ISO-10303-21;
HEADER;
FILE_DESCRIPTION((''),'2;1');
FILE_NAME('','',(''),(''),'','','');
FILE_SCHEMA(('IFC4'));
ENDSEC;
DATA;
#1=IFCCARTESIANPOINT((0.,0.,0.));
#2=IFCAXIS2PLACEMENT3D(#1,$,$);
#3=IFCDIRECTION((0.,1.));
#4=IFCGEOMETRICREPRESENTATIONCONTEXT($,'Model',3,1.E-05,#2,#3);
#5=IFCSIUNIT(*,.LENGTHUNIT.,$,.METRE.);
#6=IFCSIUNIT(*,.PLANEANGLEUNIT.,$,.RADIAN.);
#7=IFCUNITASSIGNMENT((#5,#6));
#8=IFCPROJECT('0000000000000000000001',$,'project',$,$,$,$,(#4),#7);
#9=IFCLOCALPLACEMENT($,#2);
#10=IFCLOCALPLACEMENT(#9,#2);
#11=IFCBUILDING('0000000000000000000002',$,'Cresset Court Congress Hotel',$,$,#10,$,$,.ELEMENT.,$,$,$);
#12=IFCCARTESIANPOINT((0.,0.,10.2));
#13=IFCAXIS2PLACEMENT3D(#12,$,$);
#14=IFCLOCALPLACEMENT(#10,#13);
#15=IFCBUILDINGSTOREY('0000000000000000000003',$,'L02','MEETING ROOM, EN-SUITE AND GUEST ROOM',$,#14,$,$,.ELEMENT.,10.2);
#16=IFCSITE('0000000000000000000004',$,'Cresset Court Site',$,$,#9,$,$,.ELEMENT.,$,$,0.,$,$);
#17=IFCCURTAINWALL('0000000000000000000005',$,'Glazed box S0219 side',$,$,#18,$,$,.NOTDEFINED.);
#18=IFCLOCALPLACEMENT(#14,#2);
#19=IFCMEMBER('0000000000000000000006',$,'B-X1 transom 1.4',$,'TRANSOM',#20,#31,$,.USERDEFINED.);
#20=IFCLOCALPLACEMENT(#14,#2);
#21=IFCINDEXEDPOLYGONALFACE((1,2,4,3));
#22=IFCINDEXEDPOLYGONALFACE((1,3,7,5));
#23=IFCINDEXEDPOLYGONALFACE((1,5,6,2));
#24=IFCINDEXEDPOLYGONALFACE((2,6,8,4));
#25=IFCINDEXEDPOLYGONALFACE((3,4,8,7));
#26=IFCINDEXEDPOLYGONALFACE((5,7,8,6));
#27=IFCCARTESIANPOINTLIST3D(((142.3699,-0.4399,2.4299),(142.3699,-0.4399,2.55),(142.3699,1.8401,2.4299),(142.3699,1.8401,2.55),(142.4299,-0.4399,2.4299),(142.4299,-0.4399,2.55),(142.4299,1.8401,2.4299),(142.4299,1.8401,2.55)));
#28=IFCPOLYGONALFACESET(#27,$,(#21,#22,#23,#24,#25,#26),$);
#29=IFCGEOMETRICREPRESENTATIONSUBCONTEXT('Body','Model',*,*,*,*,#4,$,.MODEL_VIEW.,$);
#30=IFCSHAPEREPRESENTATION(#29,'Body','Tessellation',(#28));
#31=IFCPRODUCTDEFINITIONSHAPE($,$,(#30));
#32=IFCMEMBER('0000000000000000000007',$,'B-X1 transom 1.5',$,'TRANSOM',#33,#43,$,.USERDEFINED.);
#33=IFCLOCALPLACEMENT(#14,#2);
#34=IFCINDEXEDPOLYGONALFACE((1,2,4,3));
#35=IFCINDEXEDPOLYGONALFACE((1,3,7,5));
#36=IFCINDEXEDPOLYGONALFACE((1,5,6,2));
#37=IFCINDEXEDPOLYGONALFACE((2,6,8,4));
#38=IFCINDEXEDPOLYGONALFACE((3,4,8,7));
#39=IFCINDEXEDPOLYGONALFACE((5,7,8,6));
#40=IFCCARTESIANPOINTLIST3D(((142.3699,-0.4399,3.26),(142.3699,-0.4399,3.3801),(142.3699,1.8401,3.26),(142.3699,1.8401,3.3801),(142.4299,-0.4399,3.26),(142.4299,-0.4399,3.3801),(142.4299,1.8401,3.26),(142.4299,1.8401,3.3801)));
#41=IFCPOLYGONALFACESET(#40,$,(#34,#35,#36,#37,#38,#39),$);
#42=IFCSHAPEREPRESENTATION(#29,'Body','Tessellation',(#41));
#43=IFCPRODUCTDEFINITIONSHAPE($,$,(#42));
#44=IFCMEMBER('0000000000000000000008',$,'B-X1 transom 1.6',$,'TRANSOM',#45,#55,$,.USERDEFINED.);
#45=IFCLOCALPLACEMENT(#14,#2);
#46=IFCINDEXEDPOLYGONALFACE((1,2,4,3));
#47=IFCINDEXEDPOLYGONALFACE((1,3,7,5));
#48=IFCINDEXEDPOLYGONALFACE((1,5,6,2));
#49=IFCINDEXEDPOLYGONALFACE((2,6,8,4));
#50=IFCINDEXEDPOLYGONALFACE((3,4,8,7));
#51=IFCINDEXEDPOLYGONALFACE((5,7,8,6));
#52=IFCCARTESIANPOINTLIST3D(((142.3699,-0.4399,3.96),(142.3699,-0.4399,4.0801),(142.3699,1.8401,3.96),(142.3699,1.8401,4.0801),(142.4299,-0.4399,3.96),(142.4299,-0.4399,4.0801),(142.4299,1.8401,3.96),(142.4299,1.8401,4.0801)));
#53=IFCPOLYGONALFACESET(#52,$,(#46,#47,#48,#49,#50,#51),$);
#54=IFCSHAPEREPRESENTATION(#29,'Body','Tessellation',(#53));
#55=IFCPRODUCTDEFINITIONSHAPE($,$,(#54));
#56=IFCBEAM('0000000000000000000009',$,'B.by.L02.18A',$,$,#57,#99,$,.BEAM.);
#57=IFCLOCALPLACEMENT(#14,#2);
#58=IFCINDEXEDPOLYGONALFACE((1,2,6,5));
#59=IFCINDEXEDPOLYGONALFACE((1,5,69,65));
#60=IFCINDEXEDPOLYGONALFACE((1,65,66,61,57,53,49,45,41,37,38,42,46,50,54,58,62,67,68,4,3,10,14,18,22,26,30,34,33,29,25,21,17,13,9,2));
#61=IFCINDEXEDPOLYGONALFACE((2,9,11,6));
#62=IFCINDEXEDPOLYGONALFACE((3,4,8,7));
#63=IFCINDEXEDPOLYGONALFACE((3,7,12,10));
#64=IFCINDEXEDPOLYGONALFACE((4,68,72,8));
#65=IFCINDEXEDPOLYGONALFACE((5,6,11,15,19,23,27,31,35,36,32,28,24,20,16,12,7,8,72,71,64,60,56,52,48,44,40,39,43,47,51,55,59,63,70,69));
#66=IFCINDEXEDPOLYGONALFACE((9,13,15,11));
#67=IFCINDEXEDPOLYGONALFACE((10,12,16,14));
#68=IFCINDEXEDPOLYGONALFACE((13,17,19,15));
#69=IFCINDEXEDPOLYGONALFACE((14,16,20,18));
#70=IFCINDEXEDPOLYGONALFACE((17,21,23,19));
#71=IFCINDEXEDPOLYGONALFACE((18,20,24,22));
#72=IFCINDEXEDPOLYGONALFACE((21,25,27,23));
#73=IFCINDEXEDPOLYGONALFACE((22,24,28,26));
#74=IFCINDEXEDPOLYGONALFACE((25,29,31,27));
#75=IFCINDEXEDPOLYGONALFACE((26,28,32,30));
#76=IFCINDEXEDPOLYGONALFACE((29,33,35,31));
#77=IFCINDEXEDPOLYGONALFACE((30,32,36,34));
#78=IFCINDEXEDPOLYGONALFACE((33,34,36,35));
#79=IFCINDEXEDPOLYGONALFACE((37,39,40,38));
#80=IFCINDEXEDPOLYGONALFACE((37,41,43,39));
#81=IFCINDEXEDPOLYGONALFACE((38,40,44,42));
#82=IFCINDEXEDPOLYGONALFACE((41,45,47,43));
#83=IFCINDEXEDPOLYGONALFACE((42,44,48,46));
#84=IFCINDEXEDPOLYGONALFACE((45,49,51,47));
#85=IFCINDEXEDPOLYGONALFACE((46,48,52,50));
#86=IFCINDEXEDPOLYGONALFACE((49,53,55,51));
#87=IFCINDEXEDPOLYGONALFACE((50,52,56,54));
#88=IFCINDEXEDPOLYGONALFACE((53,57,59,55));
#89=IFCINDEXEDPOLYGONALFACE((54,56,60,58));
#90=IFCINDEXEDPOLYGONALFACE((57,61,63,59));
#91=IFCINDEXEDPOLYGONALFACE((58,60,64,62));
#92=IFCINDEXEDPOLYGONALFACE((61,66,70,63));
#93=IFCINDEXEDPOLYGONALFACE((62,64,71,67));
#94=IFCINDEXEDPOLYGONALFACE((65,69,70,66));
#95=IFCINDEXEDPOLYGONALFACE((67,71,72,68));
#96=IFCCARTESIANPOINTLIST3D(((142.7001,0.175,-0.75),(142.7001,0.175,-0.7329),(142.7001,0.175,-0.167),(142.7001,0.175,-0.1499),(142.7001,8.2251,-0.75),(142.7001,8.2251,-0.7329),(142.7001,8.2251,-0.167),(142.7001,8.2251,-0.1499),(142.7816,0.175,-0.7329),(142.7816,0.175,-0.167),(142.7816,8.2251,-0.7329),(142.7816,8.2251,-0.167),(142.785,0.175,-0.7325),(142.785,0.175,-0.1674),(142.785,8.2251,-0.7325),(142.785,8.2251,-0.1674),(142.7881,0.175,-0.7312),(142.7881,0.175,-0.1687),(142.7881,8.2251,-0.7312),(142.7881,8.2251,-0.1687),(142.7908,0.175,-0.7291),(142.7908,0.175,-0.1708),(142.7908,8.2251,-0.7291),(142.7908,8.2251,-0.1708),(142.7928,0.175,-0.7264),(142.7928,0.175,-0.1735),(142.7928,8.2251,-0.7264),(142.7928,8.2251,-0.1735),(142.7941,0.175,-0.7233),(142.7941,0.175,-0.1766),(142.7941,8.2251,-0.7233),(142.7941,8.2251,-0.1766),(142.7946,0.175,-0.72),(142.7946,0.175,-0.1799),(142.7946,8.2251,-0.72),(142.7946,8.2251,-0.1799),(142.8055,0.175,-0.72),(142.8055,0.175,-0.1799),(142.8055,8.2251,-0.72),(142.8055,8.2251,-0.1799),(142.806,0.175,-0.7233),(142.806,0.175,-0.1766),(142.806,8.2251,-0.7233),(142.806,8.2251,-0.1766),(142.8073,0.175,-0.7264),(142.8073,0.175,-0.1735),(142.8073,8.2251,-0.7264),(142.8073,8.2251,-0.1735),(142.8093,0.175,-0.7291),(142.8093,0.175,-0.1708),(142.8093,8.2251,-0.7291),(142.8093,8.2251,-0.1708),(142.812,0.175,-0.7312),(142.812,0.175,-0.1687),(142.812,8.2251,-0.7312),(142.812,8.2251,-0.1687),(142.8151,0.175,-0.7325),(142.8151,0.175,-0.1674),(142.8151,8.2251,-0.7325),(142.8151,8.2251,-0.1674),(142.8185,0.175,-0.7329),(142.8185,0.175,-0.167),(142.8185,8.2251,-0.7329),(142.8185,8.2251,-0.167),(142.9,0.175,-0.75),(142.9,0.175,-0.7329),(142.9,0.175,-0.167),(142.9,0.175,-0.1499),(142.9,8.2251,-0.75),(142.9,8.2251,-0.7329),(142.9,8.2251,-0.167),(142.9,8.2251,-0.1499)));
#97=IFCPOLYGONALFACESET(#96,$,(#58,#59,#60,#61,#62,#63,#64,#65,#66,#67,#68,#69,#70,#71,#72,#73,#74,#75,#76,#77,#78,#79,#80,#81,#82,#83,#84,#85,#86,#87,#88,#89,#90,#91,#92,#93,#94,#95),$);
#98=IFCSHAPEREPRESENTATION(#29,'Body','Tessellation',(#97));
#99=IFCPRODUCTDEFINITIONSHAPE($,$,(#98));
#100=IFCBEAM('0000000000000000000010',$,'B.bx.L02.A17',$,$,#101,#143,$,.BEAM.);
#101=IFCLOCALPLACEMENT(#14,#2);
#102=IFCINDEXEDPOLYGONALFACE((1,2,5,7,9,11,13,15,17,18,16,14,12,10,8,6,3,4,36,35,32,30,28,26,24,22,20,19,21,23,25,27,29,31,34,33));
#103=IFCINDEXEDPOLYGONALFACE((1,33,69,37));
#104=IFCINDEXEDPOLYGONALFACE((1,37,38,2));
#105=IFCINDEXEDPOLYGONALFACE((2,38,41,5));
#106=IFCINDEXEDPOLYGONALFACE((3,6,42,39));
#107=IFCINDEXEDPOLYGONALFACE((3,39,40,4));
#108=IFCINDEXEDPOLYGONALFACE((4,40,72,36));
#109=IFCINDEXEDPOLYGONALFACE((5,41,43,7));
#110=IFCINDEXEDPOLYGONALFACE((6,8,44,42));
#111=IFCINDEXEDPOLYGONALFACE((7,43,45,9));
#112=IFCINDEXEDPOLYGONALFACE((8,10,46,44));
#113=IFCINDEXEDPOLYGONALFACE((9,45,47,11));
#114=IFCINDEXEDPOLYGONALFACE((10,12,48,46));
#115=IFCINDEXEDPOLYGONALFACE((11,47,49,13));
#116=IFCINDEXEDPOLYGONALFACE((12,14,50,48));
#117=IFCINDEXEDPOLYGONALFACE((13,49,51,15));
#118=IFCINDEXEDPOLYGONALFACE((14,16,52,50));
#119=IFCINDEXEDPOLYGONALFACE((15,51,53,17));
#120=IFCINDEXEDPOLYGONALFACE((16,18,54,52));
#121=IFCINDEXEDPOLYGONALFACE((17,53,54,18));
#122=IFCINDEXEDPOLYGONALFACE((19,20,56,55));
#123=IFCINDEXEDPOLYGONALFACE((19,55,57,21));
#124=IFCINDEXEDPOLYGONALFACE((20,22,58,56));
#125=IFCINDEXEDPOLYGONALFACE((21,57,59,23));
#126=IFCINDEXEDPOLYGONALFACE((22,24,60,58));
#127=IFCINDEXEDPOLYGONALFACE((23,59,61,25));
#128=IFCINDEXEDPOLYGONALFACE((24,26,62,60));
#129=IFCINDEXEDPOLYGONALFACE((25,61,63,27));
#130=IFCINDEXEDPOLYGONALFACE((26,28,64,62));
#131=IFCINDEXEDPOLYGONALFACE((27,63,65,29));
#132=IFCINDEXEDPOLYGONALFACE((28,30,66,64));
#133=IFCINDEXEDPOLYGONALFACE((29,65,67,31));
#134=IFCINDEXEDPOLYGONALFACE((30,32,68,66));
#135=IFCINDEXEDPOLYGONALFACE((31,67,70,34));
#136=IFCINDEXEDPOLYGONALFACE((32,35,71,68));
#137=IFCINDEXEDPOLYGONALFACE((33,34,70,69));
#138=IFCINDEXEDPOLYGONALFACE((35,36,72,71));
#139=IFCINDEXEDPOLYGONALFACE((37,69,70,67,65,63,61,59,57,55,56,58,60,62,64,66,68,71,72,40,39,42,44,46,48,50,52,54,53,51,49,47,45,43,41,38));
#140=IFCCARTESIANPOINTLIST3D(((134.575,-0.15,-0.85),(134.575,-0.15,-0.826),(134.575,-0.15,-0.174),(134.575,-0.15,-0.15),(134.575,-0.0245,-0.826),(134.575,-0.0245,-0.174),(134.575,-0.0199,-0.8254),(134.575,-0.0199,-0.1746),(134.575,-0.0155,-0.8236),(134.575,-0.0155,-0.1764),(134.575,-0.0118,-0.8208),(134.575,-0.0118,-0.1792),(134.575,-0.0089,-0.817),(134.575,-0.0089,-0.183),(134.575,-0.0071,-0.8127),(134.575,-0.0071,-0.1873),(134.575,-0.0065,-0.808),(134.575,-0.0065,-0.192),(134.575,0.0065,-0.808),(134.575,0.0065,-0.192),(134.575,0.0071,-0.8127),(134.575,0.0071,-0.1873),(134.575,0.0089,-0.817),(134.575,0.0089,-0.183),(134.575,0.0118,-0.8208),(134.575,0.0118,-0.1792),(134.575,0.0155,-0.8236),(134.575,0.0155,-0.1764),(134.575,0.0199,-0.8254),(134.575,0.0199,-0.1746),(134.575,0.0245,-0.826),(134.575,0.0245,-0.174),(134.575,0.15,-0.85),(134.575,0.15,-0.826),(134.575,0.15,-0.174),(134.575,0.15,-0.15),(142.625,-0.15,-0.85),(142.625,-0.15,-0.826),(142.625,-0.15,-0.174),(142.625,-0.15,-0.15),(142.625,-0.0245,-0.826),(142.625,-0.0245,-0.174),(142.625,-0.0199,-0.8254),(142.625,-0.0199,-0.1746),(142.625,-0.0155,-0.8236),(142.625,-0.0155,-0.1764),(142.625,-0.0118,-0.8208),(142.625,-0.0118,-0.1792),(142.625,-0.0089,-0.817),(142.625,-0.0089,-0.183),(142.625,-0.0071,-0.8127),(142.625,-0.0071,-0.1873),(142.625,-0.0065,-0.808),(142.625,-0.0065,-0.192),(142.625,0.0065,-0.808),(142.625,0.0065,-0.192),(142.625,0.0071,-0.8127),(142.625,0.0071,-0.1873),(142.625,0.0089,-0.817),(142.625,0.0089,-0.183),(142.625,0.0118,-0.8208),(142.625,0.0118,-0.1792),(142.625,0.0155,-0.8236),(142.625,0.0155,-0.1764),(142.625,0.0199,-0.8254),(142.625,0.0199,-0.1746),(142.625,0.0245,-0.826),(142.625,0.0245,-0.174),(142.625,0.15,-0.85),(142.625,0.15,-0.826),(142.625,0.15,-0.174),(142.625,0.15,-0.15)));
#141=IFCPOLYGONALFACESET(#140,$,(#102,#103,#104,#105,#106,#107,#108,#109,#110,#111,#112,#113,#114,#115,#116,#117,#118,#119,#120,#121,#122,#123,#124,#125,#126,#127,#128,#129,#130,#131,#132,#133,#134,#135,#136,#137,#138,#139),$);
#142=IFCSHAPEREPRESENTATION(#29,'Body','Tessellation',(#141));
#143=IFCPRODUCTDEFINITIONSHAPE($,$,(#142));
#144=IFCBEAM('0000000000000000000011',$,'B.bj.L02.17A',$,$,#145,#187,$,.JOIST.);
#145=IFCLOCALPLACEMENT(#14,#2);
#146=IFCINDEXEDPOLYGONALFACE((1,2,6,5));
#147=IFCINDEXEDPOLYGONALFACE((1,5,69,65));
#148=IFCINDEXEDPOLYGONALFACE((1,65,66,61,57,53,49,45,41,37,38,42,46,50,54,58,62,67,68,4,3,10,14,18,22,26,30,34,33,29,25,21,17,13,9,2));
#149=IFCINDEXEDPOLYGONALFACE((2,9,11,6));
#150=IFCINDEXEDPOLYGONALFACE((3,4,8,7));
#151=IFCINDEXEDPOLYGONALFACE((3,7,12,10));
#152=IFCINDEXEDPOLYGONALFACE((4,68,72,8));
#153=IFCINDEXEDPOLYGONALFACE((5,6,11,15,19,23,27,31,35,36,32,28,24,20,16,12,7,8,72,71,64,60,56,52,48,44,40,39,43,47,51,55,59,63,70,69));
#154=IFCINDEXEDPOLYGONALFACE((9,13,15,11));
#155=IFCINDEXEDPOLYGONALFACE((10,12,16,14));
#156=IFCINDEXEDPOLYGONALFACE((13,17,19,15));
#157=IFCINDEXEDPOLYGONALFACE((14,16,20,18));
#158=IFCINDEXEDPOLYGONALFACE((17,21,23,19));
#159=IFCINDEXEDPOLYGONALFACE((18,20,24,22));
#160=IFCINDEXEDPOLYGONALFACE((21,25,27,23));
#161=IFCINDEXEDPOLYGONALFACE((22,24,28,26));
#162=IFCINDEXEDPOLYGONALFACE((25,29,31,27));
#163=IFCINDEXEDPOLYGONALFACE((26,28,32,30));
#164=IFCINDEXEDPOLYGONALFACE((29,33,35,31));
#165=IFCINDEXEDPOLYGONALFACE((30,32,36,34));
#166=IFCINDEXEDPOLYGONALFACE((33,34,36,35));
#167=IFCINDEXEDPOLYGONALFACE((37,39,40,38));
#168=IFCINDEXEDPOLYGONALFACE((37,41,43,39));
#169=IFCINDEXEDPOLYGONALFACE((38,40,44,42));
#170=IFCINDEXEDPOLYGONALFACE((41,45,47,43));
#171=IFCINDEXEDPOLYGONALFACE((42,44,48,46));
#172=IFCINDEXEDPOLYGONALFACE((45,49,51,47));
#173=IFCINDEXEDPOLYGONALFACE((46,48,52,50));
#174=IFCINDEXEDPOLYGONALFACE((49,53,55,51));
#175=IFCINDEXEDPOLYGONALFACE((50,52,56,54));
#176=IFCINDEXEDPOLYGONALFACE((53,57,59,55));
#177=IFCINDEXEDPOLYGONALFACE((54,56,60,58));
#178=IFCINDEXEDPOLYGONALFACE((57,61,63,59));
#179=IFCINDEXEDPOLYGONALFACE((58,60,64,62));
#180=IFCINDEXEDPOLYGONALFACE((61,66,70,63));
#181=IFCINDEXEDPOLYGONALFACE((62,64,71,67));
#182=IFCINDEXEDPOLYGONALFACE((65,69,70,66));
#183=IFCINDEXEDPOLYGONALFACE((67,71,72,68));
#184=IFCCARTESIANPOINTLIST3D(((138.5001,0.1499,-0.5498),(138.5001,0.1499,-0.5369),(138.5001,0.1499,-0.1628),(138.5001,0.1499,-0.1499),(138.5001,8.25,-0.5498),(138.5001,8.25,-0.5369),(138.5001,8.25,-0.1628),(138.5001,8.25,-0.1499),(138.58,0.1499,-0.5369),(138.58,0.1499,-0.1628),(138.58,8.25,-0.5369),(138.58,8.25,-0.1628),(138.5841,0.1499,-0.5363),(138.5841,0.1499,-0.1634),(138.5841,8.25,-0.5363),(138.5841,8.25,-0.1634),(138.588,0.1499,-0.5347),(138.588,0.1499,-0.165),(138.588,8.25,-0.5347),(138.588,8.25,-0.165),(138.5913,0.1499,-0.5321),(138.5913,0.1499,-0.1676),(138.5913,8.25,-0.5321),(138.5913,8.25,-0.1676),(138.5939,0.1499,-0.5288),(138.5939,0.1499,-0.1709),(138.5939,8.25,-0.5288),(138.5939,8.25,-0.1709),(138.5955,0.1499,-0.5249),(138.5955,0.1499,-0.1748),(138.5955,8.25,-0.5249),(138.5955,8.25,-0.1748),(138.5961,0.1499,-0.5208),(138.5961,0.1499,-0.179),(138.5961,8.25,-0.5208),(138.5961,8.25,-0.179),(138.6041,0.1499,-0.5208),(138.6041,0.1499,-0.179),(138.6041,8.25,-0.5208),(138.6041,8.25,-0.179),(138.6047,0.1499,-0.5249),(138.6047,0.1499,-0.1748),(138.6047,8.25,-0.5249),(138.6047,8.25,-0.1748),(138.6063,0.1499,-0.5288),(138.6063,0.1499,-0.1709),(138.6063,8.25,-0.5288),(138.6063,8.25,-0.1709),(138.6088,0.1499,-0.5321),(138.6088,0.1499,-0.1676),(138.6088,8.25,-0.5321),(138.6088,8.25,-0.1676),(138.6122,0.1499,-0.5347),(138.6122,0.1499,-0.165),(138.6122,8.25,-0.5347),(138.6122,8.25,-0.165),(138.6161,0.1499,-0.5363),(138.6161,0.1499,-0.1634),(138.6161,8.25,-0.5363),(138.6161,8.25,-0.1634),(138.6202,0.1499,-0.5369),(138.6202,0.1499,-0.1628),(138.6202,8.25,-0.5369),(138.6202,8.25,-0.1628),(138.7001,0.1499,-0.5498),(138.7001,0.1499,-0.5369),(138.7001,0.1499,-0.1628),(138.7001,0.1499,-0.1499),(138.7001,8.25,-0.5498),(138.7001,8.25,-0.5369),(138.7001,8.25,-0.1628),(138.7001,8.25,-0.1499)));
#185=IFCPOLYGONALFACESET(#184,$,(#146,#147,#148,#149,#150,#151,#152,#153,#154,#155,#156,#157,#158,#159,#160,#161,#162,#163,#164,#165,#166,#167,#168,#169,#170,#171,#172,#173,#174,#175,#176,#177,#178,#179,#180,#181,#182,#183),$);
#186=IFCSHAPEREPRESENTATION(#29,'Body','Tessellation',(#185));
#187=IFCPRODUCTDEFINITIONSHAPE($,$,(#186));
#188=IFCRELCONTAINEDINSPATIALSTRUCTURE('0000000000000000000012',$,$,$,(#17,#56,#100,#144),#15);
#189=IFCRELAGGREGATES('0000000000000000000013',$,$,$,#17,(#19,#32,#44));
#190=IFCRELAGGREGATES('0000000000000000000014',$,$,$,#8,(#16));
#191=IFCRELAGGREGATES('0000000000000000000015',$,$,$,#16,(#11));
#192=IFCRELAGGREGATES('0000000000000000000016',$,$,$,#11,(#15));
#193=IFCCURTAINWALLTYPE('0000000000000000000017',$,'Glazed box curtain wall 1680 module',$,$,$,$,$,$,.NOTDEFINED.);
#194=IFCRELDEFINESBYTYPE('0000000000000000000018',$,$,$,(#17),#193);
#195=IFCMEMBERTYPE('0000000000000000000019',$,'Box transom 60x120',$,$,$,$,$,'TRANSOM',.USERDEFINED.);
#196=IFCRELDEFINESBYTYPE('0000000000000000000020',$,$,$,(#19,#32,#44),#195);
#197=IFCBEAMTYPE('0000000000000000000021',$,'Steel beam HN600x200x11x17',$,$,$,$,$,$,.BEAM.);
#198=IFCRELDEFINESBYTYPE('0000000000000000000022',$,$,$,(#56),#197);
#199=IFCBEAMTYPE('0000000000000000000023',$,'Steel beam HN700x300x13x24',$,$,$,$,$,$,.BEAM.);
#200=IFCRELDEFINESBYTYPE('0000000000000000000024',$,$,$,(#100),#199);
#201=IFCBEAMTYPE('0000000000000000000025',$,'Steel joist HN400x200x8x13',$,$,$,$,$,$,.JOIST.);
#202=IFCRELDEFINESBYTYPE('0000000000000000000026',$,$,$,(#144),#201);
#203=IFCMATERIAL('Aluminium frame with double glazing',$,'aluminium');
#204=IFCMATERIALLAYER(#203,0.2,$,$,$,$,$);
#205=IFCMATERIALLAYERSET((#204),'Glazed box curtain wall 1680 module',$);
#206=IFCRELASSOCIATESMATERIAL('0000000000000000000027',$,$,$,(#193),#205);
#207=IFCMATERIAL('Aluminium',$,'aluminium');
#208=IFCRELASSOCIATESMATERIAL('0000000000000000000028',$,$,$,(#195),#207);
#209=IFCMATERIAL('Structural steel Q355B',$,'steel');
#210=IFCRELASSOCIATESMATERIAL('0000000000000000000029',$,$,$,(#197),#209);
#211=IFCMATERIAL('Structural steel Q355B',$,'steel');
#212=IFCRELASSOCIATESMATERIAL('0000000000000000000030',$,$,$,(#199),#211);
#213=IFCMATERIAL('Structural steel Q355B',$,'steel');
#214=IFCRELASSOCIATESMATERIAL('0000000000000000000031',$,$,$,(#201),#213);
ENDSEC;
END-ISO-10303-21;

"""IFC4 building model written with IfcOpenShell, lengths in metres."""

from ifc_helpers import new_model, si_unit, direction, frame, origin, origin_2d, place, context, subcontext, project, spatial, rectangle, i_section, extrude, material, layer, layer_set, material_profile, profile_set, type_object, element, aggregate, save


model = new_model("IFC4")

# Units and contexts
model_context = context("Model", 3, precision=1e-05, world=origin(), true_north=direction((0.0, 1.0)))
body_context = subcontext(model_context, "Body", "Model", "MODEL_VIEW")
ifc_project = project(units=[si_unit("LENGTHUNIT", "METRE"), si_unit("PLANEANGLEUNIT", "RADIAN")], contexts=[model_context])

# Site, building, storey
site_placement = place(None, origin())
site = spatial("IfcSite", under=ifc_project, at=site_placement, Name="Cresset Court Site", CompositionType="ELEMENT", RefElevation=0.0)
building_placement = place(site_placement, origin())
building = spatial("IfcBuilding", under=site, at=building_placement, Name="Cresset Court Congress Hotel", CompositionType="ELEMENT")
storey_placement = place(building_placement, frame((0.0, 0.0, 10.2)))
storey = spatial("IfcBuildingStorey", under=building, at=storey_placement, Name="L02", Description="MEETING ROOM, EN-SUITE AND GUEST ROOM", CompositionType="ELEMENT", Elevation=10.2)

# Curtain wall
ifc_material_1 = material(Name="Aluminium frame with double glazing", Category="aluminium")
ifc_layer_1 = layer(ifc_material_1, 0.2)
ifc_layer_set_1 = layer_set([ifc_layer_1], Name="Glazed box curtain wall 1680 module")
curtain_wall_type = type_object("IfcCurtainWallType", Name="Glazed box curtain wall 1680 module", PredefinedType="NOTDEFINED", material=ifc_layer_set_1)
curtain_wall_1_placement = place(storey_placement, origin())
curtain_wall_1 = element("IfcCurtainWall", 1, at=curtain_wall_1_placement, inside=storey, type_object=curtain_wall_type, Name="Glazed box S0219 side", PredefinedType="NOTDEFINED")

# Members
ifc_material_2 = material(Name="Aluminium", Category="aluminium")
ifc_material_profile_1 = material_profile(ifc_material_2, rectangle(XDim=0.0601, YDim=0.1201, at=origin_2d()), Name="Box transom 60x120")
ifc_profile_set_1 = profile_set([ifc_material_profile_1], Name="Aluminium")
member_type_1 = type_object("IfcMemberType", Name="Box transom 60x120", ElementType="TRANSOM", PredefinedType="USERDEFINED", material=ifc_profile_set_1)
member_1_placement = place(storey_placement, frame((142.3999, -0.4399, 2.49), z_axis=(0.0, 1.0, 0.0), x_axis=(-1.0, 0.0, 0.0)))
member_1 = element("IfcMember", 2, at=member_1_placement, type_object=member_type_1, Name="B-X1 transom 1.4", ObjectType="TRANSOM", PredefinedType="USERDEFINED", context=body_context, shape_type="SweptSolid", body=[
    extrude(rectangle(XDim=0.0601, YDim=0.1201, at=origin_2d()), origin(), (0.0, 0.0, 1.0), 2.28),
])
member_2_placement = place(storey_placement, frame((142.3999, -0.4399, 3.3201), z_axis=(0.0, 1.0, 0.0), x_axis=(-1.0, 0.0, 0.0)))
member_2 = element("IfcMember", 3, at=member_2_placement, type_object=member_type_1, Name="B-X1 transom 1.5", ObjectType="TRANSOM", PredefinedType="USERDEFINED", context=body_context, shape_type="SweptSolid", body=[
    extrude(rectangle(XDim=0.0601, YDim=0.1201, at=origin_2d()), origin(), (0.0, 0.0, 1.0), 2.28),
])
member_3_placement = place(storey_placement, frame((142.3999, -0.4399, 4.02), z_axis=(0.0, 1.0, 0.0), x_axis=(-1.0, 0.0, 0.0)))
member_3 = element("IfcMember", 4, at=member_3_placement, type_object=member_type_1, Name="B-X1 transom 1.6", ObjectType="TRANSOM", PredefinedType="USERDEFINED", context=body_context, shape_type="SweptSolid", body=[
    extrude(rectangle(XDim=0.0601, YDim=0.1201, at=origin_2d()), origin(), (0.0, 0.0, 1.0), 2.28),
])
aggregate(curtain_wall_1, [member_1, member_2, member_3])

# Beams
ifc_material_3 = material(Name="Structural steel Q355B", Category="steel")
ifc_material_profile_2 = material_profile(ifc_material_3, i_section(OverallWidth=0.2, OverallDepth=0.6001, WebThickness=0.011, FlangeThickness=0.0171, FilletRadius=0.0129, at=origin_2d()), Name="HN600x200x11x17")
ifc_profile_set_2 = profile_set([ifc_material_profile_2], Name="Structural steel Q355B")
beam_type_1 = type_object("IfcBeamType", Name="Steel beam HN600x200x11x17", PredefinedType="BEAM", material=ifc_profile_set_2)
beam_1_placement = place(storey_placement, frame((142.8, 0.175, -0.45), z_axis=(0.0, 1.0, 0.0), x_axis=(-1.0, 0.0, 0.0)))
element("IfcBeam", 5, at=beam_1_placement, inside=storey, type_object=beam_type_1, Name="B.by.L02.18A", PredefinedType="BEAM", context=body_context, shape_type="SweptSolid", body=[
    extrude(i_section(OverallWidth=0.2, OverallDepth=0.6001, WebThickness=0.011, FlangeThickness=0.0171, FilletRadius=0.0129, at=origin_2d()), origin(), (0.0, 0.0, 1.0), 8.05),
])
ifc_material_4 = material(Name="Structural steel Q355B", Category="steel")
ifc_material_profile_3 = material_profile(ifc_material_4, i_section(OverallWidth=0.3, OverallDepth=0.7, WebThickness=0.0129, FlangeThickness=0.0239, FilletRadius=0.0181, at=origin_2d()), Name="HN700x300x13x24")
ifc_profile_set_3 = profile_set([ifc_material_profile_3], Name="Structural steel Q355B")
beam_type_2 = type_object("IfcBeamType", Name="Steel beam HN700x300x13x24", PredefinedType="BEAM", material=ifc_profile_set_3)
beam_2_placement = place(storey_placement, frame((134.575, 0.0, -0.5), z_axis=(1.0, 0.0, 0.0), x_axis=(0.0, 1.0, 0.0)))
element("IfcBeam", 6, at=beam_2_placement, inside=storey, type_object=beam_type_2, Name="B.bx.L02.A17", PredefinedType="BEAM", context=body_context, shape_type="SweptSolid", body=[
    extrude(i_section(OverallWidth=0.3, OverallDepth=0.7, WebThickness=0.0129, FlangeThickness=0.0239, FilletRadius=0.0181, at=origin_2d()), origin(), (0.0, 0.0, 1.0), 8.05),
])
ifc_material_5 = material(Name="Structural steel Q355B", Category="steel")
ifc_material_profile_4 = material_profile(ifc_material_5, i_section(OverallWidth=0.2, OverallDepth=0.3999, WebThickness=0.0081, FlangeThickness=0.0129, FilletRadius=0.0161, at=origin_2d()), Name="HN400x200x8x13")
ifc_profile_set_4 = profile_set([ifc_material_profile_4], Name="Structural steel Q355B")
beam_type_3 = type_object("IfcBeamType", Name="Steel joist HN400x200x8x13", PredefinedType="JOIST", material=ifc_profile_set_4)
beam_3_placement = place(storey_placement, frame((138.6001, 0.1499, -0.3499), z_axis=(0.0, 1.0, 0.0), x_axis=(-1.0, 0.0, 0.0)))
element("IfcBeam", 7, at=beam_3_placement, inside=storey, type_object=beam_type_3, Name="B.bj.L02.17A", PredefinedType="JOIST", context=body_context, shape_type="SweptSolid", body=[
    extrude(i_section(OverallWidth=0.2, OverallDepth=0.3999, WebThickness=0.0081, FlangeThickness=0.0129, FilletRadius=0.0161, at=origin_2d()), origin(), (0.0, 0.0, 1.0), 8.1001),
])

save(model, "model.ifc")
